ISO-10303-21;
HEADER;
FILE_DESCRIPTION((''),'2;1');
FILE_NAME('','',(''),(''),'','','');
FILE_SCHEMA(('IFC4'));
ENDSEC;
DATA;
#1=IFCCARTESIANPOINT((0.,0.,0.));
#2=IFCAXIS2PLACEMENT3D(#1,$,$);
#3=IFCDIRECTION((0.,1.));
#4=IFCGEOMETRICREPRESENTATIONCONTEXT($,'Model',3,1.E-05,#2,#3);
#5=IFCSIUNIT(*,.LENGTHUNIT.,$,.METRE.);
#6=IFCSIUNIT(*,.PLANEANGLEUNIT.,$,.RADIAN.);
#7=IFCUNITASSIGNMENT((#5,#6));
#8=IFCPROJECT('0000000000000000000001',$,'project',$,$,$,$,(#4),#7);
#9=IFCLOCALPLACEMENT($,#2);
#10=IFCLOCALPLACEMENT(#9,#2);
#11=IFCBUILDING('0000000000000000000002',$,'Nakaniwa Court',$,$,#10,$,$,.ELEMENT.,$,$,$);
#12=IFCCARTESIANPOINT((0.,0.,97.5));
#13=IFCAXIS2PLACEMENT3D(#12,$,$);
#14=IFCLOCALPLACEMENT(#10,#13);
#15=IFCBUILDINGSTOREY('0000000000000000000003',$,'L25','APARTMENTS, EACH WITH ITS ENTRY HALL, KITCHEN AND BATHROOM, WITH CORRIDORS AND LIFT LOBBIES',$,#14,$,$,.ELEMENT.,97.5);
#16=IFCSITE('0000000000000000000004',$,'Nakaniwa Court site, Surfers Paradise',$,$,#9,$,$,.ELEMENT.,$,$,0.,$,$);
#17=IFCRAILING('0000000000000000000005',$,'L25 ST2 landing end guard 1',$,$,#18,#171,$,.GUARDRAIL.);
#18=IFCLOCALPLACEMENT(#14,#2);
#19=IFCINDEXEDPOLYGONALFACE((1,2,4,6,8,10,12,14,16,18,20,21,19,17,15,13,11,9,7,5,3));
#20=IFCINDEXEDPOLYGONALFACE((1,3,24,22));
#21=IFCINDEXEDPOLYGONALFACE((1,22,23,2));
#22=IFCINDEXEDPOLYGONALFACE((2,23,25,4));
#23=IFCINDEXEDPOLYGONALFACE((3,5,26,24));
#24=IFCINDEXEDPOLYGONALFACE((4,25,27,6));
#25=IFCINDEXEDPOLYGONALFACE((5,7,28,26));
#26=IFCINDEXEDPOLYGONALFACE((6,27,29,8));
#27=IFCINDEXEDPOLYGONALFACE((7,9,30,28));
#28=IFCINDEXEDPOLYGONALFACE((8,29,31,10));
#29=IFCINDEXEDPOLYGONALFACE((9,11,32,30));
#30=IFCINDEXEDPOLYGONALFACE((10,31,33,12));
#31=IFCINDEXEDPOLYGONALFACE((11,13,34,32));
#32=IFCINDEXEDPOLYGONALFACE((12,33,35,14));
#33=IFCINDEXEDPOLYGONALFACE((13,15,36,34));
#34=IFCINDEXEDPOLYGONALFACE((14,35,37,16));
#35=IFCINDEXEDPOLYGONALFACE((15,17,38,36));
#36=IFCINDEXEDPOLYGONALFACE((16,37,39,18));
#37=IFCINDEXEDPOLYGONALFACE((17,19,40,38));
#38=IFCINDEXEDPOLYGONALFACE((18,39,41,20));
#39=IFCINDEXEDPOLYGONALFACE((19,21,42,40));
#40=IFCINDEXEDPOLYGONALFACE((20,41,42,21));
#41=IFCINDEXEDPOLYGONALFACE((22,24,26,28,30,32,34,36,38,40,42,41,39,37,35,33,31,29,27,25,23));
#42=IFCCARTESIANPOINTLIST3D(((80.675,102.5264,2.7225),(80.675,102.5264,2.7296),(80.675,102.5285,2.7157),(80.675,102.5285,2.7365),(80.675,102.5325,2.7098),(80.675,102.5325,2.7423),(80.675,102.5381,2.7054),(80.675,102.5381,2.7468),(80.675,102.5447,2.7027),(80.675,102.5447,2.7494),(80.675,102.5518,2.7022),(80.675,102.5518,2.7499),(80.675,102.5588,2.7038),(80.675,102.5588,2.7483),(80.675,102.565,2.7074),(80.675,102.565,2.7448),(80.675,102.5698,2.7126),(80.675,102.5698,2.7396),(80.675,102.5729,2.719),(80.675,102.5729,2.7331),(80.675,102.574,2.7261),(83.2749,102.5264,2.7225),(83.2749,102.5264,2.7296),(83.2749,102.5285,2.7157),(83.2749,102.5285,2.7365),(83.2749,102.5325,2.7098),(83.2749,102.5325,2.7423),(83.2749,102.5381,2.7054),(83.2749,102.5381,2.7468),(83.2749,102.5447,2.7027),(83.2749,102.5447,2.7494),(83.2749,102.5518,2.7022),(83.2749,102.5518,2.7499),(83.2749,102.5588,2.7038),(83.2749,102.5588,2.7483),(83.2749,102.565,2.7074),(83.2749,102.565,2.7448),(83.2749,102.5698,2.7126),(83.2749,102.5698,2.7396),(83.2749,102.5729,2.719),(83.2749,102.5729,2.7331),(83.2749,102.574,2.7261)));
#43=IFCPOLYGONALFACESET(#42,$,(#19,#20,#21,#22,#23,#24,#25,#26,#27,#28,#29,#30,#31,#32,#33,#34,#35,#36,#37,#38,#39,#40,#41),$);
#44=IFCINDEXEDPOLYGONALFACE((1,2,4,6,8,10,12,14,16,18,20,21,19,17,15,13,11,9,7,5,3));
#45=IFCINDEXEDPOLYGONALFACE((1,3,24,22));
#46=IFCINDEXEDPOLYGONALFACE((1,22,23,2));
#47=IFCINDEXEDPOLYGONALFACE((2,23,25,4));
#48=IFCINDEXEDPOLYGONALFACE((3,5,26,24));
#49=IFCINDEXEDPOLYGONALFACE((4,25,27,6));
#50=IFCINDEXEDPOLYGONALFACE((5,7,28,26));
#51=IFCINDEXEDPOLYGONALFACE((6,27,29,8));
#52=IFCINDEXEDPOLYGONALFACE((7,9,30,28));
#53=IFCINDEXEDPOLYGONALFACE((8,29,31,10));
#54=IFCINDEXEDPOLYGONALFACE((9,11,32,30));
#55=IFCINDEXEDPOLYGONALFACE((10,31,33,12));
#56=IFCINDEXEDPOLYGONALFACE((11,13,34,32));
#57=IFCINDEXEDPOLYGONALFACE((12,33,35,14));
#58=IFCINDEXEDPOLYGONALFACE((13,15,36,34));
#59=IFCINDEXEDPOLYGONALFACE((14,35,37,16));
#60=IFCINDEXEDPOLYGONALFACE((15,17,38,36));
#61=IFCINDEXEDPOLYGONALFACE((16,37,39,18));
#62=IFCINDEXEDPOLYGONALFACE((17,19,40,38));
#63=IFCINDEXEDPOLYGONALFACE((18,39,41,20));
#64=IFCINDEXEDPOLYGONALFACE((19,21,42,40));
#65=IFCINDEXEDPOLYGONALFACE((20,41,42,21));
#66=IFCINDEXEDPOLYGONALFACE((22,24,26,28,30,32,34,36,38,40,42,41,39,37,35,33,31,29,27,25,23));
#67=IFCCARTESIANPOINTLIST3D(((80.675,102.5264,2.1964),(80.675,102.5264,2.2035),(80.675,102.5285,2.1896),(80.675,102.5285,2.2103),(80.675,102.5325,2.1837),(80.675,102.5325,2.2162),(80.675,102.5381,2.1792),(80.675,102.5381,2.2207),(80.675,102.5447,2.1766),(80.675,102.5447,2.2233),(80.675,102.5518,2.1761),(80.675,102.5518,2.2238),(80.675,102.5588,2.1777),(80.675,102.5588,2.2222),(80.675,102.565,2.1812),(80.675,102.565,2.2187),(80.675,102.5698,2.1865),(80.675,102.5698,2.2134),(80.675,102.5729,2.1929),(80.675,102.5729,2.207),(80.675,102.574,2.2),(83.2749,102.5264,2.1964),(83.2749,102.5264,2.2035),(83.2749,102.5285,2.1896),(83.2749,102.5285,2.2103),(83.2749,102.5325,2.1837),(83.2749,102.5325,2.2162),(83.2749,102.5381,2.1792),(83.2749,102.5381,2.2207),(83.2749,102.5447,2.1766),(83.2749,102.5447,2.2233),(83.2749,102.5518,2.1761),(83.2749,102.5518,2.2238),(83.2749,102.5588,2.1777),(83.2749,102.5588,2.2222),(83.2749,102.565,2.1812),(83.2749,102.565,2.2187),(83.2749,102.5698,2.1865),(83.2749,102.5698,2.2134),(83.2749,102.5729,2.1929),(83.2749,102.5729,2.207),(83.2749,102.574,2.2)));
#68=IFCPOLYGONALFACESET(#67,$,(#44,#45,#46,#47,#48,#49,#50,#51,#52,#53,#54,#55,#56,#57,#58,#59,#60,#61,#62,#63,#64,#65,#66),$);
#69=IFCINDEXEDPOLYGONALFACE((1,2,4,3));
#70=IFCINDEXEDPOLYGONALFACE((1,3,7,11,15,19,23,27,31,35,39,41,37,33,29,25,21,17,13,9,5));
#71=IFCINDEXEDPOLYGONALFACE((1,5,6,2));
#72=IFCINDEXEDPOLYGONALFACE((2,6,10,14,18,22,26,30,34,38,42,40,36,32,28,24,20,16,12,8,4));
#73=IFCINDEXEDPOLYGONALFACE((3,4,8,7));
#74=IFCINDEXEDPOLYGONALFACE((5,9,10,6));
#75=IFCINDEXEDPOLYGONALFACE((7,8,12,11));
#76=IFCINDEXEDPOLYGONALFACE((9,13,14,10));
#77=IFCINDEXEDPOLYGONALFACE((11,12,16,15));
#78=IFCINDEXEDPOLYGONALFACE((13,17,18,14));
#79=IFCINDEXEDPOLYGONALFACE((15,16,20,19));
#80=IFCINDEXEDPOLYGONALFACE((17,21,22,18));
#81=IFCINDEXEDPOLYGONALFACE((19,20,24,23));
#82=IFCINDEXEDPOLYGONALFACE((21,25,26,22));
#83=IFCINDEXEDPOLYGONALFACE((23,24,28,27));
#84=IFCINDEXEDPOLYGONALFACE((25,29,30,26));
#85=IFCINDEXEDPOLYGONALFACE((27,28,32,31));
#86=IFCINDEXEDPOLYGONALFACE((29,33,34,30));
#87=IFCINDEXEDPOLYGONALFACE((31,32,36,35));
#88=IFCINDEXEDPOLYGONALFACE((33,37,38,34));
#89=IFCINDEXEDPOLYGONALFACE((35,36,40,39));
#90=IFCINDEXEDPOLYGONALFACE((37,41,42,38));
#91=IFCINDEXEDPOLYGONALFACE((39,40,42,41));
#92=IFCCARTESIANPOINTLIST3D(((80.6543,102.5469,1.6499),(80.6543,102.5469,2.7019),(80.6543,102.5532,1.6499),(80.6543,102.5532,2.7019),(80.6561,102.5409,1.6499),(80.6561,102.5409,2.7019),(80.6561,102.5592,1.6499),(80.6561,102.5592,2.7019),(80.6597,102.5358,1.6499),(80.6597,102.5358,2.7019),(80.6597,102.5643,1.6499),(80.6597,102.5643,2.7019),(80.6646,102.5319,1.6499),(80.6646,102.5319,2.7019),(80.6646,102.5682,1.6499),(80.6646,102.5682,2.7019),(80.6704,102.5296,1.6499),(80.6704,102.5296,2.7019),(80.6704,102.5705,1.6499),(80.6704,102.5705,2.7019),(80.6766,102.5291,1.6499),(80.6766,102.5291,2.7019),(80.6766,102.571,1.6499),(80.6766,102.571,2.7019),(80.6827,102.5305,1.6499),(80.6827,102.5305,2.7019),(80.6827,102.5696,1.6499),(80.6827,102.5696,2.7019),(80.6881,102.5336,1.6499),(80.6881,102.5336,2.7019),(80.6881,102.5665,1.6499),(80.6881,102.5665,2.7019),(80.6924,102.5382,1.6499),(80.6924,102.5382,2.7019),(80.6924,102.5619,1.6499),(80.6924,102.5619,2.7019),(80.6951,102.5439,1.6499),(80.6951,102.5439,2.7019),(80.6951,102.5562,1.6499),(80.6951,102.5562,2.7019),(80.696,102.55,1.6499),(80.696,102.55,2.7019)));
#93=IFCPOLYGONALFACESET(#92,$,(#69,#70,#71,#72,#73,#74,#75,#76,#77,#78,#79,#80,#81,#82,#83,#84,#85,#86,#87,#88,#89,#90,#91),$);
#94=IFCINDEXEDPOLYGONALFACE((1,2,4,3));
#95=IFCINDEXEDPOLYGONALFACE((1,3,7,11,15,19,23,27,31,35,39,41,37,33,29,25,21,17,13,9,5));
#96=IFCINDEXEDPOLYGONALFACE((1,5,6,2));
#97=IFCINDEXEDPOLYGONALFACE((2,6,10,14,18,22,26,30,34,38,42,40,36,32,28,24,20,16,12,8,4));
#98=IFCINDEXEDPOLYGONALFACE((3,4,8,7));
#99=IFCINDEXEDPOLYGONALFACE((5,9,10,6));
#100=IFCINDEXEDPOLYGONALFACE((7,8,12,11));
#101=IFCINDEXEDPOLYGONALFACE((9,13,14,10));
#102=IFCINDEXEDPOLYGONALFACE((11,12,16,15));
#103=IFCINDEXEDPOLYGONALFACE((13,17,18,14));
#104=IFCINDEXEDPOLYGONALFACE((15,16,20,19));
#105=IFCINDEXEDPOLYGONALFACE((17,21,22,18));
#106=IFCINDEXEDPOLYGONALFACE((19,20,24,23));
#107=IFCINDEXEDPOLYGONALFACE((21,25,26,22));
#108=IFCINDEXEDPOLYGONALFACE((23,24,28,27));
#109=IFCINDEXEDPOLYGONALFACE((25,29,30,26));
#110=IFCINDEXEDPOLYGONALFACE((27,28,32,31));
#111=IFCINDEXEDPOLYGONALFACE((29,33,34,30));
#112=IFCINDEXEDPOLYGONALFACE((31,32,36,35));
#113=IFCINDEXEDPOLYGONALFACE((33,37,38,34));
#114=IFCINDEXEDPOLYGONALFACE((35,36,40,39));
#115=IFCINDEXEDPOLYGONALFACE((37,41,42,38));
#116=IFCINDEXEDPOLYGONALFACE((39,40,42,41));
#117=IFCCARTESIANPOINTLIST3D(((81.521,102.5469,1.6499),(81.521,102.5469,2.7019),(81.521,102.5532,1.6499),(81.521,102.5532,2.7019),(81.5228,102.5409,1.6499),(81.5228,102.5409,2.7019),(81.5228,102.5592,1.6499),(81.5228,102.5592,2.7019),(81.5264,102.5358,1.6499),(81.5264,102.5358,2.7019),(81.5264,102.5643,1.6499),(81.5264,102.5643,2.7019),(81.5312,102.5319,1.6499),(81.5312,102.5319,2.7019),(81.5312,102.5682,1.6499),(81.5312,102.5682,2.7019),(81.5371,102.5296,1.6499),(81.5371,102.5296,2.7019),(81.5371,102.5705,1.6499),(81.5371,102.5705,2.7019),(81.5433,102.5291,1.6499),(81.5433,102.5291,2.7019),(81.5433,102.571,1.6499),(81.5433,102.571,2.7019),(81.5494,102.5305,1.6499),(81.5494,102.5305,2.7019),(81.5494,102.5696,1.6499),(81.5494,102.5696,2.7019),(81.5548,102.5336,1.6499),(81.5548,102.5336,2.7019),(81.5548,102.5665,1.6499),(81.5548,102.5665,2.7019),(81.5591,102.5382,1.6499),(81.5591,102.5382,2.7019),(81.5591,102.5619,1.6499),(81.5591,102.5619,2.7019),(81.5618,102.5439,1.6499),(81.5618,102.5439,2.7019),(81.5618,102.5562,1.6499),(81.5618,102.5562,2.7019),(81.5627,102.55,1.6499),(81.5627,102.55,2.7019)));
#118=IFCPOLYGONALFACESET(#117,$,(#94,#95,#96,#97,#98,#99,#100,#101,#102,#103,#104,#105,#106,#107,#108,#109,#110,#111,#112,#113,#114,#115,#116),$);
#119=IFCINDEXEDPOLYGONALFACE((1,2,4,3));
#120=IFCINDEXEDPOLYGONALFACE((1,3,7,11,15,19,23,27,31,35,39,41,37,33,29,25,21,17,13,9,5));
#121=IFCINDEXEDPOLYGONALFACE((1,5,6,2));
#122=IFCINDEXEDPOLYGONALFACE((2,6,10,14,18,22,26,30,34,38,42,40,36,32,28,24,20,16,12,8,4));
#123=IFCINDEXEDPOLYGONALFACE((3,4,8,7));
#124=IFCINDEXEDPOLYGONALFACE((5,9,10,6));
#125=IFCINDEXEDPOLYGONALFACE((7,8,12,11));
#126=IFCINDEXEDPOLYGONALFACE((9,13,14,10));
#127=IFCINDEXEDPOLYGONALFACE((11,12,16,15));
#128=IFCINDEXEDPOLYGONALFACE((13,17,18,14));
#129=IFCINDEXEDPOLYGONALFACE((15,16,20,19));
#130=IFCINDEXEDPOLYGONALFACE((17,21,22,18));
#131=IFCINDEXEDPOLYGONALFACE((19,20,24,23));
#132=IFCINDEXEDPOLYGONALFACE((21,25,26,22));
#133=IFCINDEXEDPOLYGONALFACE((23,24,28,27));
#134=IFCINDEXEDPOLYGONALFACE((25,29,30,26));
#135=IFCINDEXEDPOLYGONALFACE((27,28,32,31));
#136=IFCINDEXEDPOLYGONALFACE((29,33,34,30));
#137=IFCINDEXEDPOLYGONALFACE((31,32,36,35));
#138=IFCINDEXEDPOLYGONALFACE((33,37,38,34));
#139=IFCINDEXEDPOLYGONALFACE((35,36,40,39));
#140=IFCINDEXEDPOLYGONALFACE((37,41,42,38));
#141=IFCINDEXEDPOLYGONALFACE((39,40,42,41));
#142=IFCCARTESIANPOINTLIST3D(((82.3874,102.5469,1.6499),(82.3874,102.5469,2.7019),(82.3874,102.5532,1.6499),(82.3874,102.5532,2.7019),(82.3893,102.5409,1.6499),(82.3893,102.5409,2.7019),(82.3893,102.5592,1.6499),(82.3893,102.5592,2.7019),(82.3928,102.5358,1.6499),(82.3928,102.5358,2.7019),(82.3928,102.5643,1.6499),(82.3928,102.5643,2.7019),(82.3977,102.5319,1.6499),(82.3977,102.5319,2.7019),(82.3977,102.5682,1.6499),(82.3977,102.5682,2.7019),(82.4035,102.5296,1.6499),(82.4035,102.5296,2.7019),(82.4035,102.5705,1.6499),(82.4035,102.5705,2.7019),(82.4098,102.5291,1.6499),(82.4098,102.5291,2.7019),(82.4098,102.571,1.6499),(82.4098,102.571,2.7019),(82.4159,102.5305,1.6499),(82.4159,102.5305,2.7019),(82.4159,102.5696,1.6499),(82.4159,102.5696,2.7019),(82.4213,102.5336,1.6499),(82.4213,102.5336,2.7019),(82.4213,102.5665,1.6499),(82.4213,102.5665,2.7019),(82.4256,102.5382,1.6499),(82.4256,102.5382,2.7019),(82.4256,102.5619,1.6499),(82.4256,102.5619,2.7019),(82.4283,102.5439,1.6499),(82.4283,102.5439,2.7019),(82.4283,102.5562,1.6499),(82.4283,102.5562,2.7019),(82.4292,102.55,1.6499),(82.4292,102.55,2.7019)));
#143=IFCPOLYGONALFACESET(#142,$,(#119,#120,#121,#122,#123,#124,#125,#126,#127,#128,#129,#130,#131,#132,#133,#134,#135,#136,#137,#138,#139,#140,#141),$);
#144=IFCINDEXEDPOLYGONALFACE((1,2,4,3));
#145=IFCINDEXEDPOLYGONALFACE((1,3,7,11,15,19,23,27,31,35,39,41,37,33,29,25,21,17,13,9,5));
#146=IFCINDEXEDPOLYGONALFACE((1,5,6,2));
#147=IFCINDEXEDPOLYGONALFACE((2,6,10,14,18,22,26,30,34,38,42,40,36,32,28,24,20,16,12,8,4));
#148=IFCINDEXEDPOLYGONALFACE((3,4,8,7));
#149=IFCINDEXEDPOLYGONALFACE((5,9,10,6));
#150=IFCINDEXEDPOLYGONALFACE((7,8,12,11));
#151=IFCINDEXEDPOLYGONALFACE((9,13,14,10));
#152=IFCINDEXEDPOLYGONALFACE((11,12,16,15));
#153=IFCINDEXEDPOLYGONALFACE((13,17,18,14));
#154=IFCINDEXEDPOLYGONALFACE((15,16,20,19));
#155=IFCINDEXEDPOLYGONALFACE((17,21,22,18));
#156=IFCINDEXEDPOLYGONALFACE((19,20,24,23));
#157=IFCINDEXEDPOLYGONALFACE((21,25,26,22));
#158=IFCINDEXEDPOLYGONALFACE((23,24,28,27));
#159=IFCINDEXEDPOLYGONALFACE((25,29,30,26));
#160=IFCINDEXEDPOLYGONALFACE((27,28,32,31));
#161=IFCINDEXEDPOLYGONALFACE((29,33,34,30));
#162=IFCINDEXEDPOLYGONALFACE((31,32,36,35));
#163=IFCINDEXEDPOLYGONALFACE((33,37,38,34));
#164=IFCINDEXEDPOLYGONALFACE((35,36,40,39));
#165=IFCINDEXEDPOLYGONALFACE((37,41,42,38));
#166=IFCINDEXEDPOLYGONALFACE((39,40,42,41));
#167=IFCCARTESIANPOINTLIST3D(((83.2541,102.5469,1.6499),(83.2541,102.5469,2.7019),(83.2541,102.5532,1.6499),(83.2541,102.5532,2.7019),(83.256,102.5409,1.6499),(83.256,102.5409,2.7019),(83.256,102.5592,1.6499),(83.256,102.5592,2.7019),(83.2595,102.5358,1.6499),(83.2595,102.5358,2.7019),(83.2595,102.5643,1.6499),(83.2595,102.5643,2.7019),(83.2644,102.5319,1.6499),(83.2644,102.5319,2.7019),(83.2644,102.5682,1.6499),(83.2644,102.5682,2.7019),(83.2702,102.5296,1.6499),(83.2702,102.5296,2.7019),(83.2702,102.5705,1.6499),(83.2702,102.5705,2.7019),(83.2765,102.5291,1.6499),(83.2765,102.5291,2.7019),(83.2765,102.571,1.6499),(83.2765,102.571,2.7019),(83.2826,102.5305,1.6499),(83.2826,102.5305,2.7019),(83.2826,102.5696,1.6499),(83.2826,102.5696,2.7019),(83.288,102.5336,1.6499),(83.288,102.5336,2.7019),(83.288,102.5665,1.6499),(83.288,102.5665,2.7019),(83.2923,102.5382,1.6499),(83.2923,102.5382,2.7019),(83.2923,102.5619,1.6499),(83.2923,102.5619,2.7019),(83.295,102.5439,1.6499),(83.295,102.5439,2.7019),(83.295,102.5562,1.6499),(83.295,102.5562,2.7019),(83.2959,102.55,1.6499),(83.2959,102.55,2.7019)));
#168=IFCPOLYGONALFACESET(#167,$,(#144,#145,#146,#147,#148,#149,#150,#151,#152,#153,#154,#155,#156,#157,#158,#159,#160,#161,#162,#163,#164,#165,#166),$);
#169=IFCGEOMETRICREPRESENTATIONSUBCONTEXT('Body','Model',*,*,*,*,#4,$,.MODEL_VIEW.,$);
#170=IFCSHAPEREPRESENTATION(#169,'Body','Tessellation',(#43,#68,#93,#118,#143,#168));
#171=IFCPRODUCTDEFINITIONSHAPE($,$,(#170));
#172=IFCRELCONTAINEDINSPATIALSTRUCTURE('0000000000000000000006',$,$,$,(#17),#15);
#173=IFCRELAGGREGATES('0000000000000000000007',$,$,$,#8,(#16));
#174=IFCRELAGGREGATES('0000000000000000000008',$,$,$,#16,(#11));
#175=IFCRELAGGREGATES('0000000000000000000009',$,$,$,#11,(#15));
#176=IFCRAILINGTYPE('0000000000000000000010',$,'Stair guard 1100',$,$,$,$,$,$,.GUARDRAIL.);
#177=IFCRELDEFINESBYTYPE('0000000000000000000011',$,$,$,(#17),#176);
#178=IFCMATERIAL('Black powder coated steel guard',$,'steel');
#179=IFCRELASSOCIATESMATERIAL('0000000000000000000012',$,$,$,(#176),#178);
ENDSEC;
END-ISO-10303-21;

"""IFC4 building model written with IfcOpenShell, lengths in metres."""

from ifc_helpers import new_model, si_unit, direction, frame, origin, origin_2d, place, context, subcontext, project, spatial, circle, extrude, material, type_object, element, save


model = new_model("IFC4")

# Units and contexts
model_context = context("Model", 3, precision=1e-05, world=origin(), true_north=direction((0.0, 1.0)))
body_context = subcontext(model_context, "Body", "Model", "MODEL_VIEW")
ifc_project = project(units=[si_unit("LENGTHUNIT", "METRE"), si_unit("PLANEANGLEUNIT", "RADIAN")], contexts=[model_context])

# Site, building, storey
site_placement = place(None, origin())
site = spatial("IfcSite", under=ifc_project, at=site_placement, Name="Nakaniwa Court site, Surfers Paradise", CompositionType="ELEMENT", RefElevation=0.0)
building_placement = place(site_placement, origin())
building = spatial("IfcBuilding", under=site, at=building_placement, Name="Nakaniwa Court", CompositionType="ELEMENT")
storey_placement = place(building_placement, frame((0.0, 0.0, 97.5)))
storey = spatial("IfcBuildingStorey", under=building, at=storey_placement, Name="L25", Description="APARTMENTS, EACH WITH ITS ENTRY HALL, KITCHEN AND BATHROOM, WITH CORRIDORS AND LIFT LOBBIES", CompositionType="ELEMENT", Elevation=97.5)

# Railing
ifc_material_1 = material(Name="Black powder coated steel guard", Category="steel")
railing_type_1 = type_object("IfcRailingType", Name="Stair guard 1100", PredefinedType="GUARDRAIL", material=ifc_material_1)
railing_1_placement = place(storey_placement, frame((80.675, 102.55, 1.6499)))
element("IfcRailing", 1, at=railing_1_placement, inside=storey, type_object=railing_type_1, Name="L25 ST2 landing end guard 1", PredefinedType="GUARDRAIL", context=body_context, shape_type="SweptSolid", body=[
    extrude(circle(Radius=0.0239, at=origin_2d()), frame((0.0, 0.0, 1.0762), z_axis=(1.0, 0.0, 0.0), x_axis=(0.0, 1.0, 0.0)), (0.0, 0.0, 1.0), 2.5999),
    extrude(circle(Radius=0.0239, at=origin_2d()), frame((0.0, 0.0, 0.55), z_axis=(1.0, 0.0, 0.0), x_axis=(0.0, 1.0, 0.0)), (0.0, 0.0, 1.0), 2.5999),
    extrude(circle(Radius=0.021, at=origin_2d()), origin(), (0.0, 0.0, 1.0), 1.052),
    extrude(circle(Radius=0.021, at=origin_2d()), frame((0.8667, 0.0, 0.0)), (0.0, 0.0, 1.0), 1.052),
    extrude(circle(Radius=0.021, at=origin_2d()), frame((1.7332, 0.0, 0.0)), (0.0, 0.0, 1.0), 1.052),
    extrude(circle(Radius=0.021, at=origin_2d()), frame((2.5999, 0.0, 0.0)), (0.0, 0.0, 1.0), 1.052),
])

save(model, "model.ifc")
